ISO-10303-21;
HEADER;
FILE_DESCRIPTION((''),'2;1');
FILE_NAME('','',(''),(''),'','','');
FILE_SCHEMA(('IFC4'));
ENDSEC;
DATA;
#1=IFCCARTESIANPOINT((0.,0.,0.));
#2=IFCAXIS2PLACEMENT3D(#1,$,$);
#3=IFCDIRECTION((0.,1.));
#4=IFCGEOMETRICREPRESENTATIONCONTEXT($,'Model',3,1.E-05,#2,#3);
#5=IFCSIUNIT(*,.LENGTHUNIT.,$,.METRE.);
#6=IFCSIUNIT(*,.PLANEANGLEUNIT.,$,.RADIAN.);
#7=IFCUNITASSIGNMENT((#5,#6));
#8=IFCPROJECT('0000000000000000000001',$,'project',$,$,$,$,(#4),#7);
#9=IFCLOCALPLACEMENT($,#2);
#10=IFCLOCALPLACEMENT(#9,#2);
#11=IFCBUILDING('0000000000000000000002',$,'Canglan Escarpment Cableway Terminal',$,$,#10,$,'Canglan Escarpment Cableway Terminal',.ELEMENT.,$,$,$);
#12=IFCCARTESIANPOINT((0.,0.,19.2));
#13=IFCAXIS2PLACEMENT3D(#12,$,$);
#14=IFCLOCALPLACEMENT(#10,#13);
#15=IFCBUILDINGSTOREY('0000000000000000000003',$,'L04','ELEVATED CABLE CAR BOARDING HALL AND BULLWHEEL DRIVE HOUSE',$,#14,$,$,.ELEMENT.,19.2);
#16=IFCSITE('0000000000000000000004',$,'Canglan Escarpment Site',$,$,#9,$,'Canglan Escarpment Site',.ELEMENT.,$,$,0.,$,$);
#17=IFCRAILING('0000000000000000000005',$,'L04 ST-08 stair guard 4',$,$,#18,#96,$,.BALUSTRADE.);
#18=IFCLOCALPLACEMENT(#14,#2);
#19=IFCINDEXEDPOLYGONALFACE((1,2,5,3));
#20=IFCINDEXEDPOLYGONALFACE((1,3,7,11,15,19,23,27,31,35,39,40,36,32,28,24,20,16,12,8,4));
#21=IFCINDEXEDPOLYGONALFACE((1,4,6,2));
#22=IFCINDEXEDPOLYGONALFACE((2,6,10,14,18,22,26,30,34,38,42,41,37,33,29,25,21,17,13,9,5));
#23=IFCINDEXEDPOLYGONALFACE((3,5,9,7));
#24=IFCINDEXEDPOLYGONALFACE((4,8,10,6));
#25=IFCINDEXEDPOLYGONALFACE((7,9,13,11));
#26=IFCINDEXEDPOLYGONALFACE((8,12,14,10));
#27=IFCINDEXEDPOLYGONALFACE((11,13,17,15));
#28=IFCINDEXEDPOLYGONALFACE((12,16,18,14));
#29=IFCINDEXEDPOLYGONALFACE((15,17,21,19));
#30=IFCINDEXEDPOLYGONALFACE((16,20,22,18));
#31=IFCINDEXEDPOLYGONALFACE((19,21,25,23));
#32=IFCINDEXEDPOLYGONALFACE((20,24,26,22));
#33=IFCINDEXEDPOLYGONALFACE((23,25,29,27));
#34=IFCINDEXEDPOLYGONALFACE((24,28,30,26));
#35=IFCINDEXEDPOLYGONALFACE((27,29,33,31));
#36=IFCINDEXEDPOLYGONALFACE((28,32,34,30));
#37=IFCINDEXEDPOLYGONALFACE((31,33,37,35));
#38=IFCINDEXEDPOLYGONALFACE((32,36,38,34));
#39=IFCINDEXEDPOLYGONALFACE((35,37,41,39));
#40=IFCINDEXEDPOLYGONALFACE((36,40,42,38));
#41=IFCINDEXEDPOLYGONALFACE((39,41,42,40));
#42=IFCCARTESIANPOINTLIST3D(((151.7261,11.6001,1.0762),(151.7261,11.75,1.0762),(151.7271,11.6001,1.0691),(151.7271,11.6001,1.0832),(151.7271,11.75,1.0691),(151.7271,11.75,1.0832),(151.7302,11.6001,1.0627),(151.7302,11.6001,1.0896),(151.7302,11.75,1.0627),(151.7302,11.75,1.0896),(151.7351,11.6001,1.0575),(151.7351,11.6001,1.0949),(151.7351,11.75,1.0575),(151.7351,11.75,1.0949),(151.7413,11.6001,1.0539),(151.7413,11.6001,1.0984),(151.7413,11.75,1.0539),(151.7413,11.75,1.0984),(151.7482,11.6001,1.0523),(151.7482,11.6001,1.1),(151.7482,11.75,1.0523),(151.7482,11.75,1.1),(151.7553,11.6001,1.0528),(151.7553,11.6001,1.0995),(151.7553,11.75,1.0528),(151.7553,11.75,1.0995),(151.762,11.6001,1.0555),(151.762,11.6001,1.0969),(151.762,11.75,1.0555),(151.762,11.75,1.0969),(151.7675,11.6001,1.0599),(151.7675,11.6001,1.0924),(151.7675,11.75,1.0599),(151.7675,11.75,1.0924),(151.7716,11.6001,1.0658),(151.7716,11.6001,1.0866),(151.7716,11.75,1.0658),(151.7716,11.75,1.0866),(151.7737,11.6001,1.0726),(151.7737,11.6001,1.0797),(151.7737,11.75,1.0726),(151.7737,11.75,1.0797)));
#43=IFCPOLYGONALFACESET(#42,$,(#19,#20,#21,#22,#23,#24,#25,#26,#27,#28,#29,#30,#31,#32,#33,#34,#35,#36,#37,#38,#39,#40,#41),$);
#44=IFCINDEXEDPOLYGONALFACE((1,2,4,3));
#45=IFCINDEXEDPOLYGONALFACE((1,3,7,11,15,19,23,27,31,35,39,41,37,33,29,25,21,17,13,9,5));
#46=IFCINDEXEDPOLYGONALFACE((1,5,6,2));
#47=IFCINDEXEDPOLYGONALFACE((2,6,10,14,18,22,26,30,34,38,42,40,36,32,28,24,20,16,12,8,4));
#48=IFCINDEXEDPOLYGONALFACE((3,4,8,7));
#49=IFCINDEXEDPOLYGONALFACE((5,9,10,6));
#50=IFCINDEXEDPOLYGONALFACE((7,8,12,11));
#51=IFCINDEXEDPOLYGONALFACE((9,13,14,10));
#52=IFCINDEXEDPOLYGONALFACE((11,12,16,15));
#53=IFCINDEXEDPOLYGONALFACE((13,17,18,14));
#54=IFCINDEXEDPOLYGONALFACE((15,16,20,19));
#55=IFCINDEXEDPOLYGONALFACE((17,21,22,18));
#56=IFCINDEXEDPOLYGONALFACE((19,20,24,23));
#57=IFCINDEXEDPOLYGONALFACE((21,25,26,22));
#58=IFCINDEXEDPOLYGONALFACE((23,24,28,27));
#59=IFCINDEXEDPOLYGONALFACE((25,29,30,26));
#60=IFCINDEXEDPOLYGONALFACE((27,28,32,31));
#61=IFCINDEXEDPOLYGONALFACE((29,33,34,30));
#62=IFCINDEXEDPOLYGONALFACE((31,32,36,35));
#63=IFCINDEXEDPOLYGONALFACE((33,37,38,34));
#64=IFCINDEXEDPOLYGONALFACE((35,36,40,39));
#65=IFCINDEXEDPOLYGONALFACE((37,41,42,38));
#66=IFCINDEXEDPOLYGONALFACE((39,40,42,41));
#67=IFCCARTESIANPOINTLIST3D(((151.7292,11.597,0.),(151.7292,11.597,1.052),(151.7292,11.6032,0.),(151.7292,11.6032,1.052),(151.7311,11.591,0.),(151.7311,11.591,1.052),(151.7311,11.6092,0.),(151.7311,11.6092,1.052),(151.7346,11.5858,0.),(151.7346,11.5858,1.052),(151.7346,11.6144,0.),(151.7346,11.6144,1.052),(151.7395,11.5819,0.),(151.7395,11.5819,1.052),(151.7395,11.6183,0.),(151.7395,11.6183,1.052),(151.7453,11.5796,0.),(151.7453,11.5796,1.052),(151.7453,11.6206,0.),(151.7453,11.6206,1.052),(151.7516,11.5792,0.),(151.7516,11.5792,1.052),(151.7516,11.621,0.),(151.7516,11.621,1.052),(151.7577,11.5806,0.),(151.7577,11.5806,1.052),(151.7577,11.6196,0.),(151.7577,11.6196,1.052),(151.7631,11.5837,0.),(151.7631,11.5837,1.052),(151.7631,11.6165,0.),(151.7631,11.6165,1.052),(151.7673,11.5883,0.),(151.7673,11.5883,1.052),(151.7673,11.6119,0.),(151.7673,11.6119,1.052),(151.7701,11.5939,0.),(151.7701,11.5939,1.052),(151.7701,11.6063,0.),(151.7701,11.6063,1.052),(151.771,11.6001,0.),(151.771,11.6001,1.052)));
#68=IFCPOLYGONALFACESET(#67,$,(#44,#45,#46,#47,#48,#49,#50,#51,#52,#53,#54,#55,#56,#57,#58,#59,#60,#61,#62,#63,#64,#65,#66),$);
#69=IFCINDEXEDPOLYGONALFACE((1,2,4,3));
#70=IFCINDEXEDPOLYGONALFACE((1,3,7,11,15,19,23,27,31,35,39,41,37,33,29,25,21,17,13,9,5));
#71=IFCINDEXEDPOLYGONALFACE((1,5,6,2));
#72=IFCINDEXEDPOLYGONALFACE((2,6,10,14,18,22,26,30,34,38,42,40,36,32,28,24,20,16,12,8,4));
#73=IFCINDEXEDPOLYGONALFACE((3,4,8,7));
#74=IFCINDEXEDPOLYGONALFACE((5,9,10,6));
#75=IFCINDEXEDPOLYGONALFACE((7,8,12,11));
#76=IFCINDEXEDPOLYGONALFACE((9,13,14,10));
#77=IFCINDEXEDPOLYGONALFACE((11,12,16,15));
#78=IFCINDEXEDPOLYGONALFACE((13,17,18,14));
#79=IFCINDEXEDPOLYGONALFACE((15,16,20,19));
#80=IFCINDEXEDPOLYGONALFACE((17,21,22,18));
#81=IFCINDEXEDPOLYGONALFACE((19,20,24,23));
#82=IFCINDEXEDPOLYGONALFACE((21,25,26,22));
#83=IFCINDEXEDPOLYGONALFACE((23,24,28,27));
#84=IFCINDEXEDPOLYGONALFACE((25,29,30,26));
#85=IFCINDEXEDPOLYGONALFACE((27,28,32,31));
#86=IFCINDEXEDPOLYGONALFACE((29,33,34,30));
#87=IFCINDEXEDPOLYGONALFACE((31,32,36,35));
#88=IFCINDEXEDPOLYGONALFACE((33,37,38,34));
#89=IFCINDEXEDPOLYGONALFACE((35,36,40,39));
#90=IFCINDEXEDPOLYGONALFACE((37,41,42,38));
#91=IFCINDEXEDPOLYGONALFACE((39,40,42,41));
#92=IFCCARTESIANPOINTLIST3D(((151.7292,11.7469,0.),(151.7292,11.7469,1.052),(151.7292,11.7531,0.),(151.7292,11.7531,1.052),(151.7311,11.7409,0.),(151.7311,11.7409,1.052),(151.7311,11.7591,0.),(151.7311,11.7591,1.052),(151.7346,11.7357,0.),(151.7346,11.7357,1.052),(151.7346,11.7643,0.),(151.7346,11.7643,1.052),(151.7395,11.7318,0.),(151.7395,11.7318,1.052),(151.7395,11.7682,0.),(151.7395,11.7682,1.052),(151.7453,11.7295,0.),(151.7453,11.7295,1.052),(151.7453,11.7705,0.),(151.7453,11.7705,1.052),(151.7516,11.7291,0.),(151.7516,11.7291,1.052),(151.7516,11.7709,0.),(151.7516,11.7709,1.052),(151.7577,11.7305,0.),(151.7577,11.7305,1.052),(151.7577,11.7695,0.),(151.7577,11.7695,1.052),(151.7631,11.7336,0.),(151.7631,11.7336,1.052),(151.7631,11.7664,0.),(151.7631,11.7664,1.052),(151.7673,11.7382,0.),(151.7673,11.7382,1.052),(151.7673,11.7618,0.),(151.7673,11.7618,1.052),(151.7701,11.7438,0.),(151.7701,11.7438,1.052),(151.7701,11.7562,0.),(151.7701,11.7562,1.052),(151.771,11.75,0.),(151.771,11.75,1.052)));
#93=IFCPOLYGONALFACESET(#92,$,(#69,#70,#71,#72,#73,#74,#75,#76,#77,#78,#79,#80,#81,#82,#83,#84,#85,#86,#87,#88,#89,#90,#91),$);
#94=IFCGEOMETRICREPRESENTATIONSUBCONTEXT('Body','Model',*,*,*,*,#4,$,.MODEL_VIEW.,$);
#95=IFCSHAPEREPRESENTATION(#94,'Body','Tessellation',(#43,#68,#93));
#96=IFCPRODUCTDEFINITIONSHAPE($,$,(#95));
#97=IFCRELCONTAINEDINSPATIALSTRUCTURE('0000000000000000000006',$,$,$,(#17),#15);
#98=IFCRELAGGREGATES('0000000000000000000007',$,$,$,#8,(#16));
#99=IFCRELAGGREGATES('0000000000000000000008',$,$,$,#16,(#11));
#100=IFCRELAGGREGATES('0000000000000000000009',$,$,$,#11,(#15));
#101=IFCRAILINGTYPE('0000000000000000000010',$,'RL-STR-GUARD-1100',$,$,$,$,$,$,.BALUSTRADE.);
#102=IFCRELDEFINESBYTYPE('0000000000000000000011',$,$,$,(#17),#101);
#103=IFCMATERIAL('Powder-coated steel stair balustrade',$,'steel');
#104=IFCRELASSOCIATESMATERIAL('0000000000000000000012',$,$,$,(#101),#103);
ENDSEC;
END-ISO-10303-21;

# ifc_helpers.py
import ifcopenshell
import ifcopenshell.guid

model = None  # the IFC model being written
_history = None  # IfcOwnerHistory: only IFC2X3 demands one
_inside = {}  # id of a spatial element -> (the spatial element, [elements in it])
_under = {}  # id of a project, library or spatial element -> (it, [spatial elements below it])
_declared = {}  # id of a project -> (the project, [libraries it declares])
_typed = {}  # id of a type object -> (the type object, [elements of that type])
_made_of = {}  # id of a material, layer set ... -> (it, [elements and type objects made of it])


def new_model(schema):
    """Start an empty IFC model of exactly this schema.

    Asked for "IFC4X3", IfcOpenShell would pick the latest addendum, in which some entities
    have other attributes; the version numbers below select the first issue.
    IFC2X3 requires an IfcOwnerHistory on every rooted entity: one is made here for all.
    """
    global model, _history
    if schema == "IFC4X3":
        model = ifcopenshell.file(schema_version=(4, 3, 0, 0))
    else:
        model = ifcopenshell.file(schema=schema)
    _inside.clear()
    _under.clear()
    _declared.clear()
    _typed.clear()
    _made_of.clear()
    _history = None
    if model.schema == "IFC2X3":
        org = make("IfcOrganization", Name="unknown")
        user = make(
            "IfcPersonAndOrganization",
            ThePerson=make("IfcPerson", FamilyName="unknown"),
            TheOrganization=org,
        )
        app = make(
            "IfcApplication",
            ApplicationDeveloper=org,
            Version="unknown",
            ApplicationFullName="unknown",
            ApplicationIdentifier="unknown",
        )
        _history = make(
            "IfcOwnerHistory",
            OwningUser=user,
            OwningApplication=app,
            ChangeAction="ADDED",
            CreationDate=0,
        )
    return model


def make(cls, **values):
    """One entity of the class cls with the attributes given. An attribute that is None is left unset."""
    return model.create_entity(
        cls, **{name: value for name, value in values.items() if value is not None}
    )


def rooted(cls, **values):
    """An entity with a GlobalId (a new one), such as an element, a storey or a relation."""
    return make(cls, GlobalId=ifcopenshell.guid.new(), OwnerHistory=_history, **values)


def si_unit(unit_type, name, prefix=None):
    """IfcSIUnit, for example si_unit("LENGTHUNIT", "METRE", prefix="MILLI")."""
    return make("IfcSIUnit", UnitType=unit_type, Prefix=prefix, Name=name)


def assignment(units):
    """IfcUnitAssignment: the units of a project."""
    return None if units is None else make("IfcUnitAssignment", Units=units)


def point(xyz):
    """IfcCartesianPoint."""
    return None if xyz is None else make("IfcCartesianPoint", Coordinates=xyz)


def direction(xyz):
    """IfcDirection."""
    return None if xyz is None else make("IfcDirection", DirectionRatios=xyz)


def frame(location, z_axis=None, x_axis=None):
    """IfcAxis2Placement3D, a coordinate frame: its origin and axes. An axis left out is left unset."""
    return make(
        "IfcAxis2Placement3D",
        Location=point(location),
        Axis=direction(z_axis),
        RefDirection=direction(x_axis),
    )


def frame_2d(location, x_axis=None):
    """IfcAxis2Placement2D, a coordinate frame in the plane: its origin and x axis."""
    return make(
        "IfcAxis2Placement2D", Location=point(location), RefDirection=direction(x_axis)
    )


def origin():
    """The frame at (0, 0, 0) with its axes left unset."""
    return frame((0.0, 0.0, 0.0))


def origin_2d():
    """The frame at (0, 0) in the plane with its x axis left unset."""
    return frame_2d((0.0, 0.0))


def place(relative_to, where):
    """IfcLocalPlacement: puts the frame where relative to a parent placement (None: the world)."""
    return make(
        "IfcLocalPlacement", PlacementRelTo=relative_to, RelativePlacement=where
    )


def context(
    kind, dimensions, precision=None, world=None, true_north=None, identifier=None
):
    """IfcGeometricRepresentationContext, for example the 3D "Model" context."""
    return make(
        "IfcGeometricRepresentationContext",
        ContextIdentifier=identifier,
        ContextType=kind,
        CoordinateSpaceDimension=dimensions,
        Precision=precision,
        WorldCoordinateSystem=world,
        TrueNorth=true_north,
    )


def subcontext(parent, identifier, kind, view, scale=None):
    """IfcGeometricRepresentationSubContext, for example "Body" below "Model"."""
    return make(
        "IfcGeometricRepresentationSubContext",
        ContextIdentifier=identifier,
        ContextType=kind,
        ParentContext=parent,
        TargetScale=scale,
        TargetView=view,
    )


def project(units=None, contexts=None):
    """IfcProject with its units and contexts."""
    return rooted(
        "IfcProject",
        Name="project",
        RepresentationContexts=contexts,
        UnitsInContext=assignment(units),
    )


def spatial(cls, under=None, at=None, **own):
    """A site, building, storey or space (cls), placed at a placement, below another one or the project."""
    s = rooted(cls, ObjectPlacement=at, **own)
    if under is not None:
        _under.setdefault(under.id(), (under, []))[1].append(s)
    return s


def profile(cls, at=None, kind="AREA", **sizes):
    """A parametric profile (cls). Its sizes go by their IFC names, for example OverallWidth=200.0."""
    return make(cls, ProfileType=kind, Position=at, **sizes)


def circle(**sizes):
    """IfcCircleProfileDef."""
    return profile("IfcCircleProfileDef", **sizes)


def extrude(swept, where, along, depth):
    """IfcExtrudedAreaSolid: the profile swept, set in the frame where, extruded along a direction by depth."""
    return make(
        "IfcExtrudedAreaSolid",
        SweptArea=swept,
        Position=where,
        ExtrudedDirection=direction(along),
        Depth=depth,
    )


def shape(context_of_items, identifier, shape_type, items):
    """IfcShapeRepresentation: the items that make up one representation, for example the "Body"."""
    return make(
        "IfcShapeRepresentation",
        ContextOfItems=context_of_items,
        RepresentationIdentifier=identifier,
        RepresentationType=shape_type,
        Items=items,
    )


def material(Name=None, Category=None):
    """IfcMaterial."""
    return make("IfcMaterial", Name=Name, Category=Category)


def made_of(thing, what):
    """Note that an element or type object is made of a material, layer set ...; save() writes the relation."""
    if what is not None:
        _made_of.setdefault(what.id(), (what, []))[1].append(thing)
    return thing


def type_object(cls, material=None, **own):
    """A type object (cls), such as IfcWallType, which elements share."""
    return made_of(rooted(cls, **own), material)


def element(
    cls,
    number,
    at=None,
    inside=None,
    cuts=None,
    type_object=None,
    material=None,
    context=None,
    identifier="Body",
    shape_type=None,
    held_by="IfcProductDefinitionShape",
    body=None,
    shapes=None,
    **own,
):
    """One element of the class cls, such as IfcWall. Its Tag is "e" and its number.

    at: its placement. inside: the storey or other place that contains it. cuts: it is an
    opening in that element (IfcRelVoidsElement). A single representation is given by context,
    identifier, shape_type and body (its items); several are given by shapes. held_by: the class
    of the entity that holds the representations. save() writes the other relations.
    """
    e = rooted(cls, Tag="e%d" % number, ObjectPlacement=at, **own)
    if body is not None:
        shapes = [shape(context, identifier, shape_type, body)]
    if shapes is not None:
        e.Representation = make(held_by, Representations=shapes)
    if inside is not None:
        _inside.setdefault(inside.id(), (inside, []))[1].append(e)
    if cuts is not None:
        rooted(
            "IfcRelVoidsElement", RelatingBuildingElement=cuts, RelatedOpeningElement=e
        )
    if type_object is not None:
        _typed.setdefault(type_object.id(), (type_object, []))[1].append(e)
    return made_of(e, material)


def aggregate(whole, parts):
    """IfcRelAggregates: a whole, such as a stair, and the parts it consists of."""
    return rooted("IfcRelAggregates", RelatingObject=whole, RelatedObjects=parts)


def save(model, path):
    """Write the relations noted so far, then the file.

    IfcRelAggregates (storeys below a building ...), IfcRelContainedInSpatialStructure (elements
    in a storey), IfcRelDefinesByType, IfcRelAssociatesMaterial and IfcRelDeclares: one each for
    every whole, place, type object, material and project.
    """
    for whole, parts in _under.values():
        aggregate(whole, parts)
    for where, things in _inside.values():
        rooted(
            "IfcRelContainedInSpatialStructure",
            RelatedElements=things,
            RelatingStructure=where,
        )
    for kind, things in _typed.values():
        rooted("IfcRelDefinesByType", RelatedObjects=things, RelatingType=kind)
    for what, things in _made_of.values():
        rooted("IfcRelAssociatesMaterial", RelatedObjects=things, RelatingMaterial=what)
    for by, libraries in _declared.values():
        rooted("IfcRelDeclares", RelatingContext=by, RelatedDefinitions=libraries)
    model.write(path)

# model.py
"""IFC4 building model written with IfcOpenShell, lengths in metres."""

from ifc_helpers import new_model, si_unit, direction, frame, origin, origin_2d, place, context, subcontext, project, spatial, circle, extrude, material, type_object, element, save


model = new_model("IFC4")

# Units and contexts
model_context = context("Model", 3, precision=1e-05, world=origin(), true_north=direction((0.0, 1.0)))
body_context = subcontext(model_context, "Body", "Model", "MODEL_VIEW")
ifc_project = project(units=[si_unit("LENGTHUNIT", "METRE"), si_unit("PLANEANGLEUNIT", "RADIAN")], contexts=[model_context])

# Site, building, storey
site_placement = place(None, origin())
site = spatial("IfcSite", under=ifc_project, at=site_placement, Name="Canglan Escarpment Site", LongName="Canglan Escarpment Site", CompositionType="ELEMENT", RefElevation=0.0)
building_placement = place(site_placement, origin())
building = spatial("IfcBuilding", under=site, at=building_placement, Name="Canglan Escarpment Cableway Terminal", LongName="Canglan Escarpment Cableway Terminal", CompositionType="ELEMENT")
storey_placement = place(building_placement, frame((0.0, 0.0, 19.2)))
storey = spatial("IfcBuildingStorey", under=building, at=storey_placement, Name="L04", Description="ELEVATED CABLE CAR BOARDING HALL AND BULLWHEEL DRIVE HOUSE", CompositionType="ELEMENT", Elevation=19.2)

# Railing
ifc_material_1 = material(Name="Powder-coated steel stair balustrade", Category="steel")
railing_type_1 = type_object("IfcRailingType", Name="RL-STR-GUARD-1100", PredefinedType="BALUSTRADE", material=ifc_material_1)
railing_1_placement = place(storey_placement, frame((151.75, 11.6001, 0.0)))
element("IfcRailing", 1, at=railing_1_placement, inside=storey, type_object=railing_type_1, Name="L04 ST-08 stair guard 4", PredefinedType="BALUSTRADE", context=body_context, shape_type="SweptSolid", body=[
    extrude(circle(Radius=0.0239, at=origin_2d()), frame((0.0, 0.0, 1.0762), z_axis=(0.0, 1.0, 0.0), x_axis=(-1.0, 0.0, 0.0)), (0.0, 0.0, 1.0), 0.1499),
    extrude(circle(Radius=0.021, at=origin_2d()), origin(), (0.0, 0.0, 1.0), 1.052),
    extrude(circle(Radius=0.021, at=origin_2d()), frame((0.0, 0.1499, 0.0)), (0.0, 0.0, 1.0), 1.052),
])

save(model, "model.ifc")
